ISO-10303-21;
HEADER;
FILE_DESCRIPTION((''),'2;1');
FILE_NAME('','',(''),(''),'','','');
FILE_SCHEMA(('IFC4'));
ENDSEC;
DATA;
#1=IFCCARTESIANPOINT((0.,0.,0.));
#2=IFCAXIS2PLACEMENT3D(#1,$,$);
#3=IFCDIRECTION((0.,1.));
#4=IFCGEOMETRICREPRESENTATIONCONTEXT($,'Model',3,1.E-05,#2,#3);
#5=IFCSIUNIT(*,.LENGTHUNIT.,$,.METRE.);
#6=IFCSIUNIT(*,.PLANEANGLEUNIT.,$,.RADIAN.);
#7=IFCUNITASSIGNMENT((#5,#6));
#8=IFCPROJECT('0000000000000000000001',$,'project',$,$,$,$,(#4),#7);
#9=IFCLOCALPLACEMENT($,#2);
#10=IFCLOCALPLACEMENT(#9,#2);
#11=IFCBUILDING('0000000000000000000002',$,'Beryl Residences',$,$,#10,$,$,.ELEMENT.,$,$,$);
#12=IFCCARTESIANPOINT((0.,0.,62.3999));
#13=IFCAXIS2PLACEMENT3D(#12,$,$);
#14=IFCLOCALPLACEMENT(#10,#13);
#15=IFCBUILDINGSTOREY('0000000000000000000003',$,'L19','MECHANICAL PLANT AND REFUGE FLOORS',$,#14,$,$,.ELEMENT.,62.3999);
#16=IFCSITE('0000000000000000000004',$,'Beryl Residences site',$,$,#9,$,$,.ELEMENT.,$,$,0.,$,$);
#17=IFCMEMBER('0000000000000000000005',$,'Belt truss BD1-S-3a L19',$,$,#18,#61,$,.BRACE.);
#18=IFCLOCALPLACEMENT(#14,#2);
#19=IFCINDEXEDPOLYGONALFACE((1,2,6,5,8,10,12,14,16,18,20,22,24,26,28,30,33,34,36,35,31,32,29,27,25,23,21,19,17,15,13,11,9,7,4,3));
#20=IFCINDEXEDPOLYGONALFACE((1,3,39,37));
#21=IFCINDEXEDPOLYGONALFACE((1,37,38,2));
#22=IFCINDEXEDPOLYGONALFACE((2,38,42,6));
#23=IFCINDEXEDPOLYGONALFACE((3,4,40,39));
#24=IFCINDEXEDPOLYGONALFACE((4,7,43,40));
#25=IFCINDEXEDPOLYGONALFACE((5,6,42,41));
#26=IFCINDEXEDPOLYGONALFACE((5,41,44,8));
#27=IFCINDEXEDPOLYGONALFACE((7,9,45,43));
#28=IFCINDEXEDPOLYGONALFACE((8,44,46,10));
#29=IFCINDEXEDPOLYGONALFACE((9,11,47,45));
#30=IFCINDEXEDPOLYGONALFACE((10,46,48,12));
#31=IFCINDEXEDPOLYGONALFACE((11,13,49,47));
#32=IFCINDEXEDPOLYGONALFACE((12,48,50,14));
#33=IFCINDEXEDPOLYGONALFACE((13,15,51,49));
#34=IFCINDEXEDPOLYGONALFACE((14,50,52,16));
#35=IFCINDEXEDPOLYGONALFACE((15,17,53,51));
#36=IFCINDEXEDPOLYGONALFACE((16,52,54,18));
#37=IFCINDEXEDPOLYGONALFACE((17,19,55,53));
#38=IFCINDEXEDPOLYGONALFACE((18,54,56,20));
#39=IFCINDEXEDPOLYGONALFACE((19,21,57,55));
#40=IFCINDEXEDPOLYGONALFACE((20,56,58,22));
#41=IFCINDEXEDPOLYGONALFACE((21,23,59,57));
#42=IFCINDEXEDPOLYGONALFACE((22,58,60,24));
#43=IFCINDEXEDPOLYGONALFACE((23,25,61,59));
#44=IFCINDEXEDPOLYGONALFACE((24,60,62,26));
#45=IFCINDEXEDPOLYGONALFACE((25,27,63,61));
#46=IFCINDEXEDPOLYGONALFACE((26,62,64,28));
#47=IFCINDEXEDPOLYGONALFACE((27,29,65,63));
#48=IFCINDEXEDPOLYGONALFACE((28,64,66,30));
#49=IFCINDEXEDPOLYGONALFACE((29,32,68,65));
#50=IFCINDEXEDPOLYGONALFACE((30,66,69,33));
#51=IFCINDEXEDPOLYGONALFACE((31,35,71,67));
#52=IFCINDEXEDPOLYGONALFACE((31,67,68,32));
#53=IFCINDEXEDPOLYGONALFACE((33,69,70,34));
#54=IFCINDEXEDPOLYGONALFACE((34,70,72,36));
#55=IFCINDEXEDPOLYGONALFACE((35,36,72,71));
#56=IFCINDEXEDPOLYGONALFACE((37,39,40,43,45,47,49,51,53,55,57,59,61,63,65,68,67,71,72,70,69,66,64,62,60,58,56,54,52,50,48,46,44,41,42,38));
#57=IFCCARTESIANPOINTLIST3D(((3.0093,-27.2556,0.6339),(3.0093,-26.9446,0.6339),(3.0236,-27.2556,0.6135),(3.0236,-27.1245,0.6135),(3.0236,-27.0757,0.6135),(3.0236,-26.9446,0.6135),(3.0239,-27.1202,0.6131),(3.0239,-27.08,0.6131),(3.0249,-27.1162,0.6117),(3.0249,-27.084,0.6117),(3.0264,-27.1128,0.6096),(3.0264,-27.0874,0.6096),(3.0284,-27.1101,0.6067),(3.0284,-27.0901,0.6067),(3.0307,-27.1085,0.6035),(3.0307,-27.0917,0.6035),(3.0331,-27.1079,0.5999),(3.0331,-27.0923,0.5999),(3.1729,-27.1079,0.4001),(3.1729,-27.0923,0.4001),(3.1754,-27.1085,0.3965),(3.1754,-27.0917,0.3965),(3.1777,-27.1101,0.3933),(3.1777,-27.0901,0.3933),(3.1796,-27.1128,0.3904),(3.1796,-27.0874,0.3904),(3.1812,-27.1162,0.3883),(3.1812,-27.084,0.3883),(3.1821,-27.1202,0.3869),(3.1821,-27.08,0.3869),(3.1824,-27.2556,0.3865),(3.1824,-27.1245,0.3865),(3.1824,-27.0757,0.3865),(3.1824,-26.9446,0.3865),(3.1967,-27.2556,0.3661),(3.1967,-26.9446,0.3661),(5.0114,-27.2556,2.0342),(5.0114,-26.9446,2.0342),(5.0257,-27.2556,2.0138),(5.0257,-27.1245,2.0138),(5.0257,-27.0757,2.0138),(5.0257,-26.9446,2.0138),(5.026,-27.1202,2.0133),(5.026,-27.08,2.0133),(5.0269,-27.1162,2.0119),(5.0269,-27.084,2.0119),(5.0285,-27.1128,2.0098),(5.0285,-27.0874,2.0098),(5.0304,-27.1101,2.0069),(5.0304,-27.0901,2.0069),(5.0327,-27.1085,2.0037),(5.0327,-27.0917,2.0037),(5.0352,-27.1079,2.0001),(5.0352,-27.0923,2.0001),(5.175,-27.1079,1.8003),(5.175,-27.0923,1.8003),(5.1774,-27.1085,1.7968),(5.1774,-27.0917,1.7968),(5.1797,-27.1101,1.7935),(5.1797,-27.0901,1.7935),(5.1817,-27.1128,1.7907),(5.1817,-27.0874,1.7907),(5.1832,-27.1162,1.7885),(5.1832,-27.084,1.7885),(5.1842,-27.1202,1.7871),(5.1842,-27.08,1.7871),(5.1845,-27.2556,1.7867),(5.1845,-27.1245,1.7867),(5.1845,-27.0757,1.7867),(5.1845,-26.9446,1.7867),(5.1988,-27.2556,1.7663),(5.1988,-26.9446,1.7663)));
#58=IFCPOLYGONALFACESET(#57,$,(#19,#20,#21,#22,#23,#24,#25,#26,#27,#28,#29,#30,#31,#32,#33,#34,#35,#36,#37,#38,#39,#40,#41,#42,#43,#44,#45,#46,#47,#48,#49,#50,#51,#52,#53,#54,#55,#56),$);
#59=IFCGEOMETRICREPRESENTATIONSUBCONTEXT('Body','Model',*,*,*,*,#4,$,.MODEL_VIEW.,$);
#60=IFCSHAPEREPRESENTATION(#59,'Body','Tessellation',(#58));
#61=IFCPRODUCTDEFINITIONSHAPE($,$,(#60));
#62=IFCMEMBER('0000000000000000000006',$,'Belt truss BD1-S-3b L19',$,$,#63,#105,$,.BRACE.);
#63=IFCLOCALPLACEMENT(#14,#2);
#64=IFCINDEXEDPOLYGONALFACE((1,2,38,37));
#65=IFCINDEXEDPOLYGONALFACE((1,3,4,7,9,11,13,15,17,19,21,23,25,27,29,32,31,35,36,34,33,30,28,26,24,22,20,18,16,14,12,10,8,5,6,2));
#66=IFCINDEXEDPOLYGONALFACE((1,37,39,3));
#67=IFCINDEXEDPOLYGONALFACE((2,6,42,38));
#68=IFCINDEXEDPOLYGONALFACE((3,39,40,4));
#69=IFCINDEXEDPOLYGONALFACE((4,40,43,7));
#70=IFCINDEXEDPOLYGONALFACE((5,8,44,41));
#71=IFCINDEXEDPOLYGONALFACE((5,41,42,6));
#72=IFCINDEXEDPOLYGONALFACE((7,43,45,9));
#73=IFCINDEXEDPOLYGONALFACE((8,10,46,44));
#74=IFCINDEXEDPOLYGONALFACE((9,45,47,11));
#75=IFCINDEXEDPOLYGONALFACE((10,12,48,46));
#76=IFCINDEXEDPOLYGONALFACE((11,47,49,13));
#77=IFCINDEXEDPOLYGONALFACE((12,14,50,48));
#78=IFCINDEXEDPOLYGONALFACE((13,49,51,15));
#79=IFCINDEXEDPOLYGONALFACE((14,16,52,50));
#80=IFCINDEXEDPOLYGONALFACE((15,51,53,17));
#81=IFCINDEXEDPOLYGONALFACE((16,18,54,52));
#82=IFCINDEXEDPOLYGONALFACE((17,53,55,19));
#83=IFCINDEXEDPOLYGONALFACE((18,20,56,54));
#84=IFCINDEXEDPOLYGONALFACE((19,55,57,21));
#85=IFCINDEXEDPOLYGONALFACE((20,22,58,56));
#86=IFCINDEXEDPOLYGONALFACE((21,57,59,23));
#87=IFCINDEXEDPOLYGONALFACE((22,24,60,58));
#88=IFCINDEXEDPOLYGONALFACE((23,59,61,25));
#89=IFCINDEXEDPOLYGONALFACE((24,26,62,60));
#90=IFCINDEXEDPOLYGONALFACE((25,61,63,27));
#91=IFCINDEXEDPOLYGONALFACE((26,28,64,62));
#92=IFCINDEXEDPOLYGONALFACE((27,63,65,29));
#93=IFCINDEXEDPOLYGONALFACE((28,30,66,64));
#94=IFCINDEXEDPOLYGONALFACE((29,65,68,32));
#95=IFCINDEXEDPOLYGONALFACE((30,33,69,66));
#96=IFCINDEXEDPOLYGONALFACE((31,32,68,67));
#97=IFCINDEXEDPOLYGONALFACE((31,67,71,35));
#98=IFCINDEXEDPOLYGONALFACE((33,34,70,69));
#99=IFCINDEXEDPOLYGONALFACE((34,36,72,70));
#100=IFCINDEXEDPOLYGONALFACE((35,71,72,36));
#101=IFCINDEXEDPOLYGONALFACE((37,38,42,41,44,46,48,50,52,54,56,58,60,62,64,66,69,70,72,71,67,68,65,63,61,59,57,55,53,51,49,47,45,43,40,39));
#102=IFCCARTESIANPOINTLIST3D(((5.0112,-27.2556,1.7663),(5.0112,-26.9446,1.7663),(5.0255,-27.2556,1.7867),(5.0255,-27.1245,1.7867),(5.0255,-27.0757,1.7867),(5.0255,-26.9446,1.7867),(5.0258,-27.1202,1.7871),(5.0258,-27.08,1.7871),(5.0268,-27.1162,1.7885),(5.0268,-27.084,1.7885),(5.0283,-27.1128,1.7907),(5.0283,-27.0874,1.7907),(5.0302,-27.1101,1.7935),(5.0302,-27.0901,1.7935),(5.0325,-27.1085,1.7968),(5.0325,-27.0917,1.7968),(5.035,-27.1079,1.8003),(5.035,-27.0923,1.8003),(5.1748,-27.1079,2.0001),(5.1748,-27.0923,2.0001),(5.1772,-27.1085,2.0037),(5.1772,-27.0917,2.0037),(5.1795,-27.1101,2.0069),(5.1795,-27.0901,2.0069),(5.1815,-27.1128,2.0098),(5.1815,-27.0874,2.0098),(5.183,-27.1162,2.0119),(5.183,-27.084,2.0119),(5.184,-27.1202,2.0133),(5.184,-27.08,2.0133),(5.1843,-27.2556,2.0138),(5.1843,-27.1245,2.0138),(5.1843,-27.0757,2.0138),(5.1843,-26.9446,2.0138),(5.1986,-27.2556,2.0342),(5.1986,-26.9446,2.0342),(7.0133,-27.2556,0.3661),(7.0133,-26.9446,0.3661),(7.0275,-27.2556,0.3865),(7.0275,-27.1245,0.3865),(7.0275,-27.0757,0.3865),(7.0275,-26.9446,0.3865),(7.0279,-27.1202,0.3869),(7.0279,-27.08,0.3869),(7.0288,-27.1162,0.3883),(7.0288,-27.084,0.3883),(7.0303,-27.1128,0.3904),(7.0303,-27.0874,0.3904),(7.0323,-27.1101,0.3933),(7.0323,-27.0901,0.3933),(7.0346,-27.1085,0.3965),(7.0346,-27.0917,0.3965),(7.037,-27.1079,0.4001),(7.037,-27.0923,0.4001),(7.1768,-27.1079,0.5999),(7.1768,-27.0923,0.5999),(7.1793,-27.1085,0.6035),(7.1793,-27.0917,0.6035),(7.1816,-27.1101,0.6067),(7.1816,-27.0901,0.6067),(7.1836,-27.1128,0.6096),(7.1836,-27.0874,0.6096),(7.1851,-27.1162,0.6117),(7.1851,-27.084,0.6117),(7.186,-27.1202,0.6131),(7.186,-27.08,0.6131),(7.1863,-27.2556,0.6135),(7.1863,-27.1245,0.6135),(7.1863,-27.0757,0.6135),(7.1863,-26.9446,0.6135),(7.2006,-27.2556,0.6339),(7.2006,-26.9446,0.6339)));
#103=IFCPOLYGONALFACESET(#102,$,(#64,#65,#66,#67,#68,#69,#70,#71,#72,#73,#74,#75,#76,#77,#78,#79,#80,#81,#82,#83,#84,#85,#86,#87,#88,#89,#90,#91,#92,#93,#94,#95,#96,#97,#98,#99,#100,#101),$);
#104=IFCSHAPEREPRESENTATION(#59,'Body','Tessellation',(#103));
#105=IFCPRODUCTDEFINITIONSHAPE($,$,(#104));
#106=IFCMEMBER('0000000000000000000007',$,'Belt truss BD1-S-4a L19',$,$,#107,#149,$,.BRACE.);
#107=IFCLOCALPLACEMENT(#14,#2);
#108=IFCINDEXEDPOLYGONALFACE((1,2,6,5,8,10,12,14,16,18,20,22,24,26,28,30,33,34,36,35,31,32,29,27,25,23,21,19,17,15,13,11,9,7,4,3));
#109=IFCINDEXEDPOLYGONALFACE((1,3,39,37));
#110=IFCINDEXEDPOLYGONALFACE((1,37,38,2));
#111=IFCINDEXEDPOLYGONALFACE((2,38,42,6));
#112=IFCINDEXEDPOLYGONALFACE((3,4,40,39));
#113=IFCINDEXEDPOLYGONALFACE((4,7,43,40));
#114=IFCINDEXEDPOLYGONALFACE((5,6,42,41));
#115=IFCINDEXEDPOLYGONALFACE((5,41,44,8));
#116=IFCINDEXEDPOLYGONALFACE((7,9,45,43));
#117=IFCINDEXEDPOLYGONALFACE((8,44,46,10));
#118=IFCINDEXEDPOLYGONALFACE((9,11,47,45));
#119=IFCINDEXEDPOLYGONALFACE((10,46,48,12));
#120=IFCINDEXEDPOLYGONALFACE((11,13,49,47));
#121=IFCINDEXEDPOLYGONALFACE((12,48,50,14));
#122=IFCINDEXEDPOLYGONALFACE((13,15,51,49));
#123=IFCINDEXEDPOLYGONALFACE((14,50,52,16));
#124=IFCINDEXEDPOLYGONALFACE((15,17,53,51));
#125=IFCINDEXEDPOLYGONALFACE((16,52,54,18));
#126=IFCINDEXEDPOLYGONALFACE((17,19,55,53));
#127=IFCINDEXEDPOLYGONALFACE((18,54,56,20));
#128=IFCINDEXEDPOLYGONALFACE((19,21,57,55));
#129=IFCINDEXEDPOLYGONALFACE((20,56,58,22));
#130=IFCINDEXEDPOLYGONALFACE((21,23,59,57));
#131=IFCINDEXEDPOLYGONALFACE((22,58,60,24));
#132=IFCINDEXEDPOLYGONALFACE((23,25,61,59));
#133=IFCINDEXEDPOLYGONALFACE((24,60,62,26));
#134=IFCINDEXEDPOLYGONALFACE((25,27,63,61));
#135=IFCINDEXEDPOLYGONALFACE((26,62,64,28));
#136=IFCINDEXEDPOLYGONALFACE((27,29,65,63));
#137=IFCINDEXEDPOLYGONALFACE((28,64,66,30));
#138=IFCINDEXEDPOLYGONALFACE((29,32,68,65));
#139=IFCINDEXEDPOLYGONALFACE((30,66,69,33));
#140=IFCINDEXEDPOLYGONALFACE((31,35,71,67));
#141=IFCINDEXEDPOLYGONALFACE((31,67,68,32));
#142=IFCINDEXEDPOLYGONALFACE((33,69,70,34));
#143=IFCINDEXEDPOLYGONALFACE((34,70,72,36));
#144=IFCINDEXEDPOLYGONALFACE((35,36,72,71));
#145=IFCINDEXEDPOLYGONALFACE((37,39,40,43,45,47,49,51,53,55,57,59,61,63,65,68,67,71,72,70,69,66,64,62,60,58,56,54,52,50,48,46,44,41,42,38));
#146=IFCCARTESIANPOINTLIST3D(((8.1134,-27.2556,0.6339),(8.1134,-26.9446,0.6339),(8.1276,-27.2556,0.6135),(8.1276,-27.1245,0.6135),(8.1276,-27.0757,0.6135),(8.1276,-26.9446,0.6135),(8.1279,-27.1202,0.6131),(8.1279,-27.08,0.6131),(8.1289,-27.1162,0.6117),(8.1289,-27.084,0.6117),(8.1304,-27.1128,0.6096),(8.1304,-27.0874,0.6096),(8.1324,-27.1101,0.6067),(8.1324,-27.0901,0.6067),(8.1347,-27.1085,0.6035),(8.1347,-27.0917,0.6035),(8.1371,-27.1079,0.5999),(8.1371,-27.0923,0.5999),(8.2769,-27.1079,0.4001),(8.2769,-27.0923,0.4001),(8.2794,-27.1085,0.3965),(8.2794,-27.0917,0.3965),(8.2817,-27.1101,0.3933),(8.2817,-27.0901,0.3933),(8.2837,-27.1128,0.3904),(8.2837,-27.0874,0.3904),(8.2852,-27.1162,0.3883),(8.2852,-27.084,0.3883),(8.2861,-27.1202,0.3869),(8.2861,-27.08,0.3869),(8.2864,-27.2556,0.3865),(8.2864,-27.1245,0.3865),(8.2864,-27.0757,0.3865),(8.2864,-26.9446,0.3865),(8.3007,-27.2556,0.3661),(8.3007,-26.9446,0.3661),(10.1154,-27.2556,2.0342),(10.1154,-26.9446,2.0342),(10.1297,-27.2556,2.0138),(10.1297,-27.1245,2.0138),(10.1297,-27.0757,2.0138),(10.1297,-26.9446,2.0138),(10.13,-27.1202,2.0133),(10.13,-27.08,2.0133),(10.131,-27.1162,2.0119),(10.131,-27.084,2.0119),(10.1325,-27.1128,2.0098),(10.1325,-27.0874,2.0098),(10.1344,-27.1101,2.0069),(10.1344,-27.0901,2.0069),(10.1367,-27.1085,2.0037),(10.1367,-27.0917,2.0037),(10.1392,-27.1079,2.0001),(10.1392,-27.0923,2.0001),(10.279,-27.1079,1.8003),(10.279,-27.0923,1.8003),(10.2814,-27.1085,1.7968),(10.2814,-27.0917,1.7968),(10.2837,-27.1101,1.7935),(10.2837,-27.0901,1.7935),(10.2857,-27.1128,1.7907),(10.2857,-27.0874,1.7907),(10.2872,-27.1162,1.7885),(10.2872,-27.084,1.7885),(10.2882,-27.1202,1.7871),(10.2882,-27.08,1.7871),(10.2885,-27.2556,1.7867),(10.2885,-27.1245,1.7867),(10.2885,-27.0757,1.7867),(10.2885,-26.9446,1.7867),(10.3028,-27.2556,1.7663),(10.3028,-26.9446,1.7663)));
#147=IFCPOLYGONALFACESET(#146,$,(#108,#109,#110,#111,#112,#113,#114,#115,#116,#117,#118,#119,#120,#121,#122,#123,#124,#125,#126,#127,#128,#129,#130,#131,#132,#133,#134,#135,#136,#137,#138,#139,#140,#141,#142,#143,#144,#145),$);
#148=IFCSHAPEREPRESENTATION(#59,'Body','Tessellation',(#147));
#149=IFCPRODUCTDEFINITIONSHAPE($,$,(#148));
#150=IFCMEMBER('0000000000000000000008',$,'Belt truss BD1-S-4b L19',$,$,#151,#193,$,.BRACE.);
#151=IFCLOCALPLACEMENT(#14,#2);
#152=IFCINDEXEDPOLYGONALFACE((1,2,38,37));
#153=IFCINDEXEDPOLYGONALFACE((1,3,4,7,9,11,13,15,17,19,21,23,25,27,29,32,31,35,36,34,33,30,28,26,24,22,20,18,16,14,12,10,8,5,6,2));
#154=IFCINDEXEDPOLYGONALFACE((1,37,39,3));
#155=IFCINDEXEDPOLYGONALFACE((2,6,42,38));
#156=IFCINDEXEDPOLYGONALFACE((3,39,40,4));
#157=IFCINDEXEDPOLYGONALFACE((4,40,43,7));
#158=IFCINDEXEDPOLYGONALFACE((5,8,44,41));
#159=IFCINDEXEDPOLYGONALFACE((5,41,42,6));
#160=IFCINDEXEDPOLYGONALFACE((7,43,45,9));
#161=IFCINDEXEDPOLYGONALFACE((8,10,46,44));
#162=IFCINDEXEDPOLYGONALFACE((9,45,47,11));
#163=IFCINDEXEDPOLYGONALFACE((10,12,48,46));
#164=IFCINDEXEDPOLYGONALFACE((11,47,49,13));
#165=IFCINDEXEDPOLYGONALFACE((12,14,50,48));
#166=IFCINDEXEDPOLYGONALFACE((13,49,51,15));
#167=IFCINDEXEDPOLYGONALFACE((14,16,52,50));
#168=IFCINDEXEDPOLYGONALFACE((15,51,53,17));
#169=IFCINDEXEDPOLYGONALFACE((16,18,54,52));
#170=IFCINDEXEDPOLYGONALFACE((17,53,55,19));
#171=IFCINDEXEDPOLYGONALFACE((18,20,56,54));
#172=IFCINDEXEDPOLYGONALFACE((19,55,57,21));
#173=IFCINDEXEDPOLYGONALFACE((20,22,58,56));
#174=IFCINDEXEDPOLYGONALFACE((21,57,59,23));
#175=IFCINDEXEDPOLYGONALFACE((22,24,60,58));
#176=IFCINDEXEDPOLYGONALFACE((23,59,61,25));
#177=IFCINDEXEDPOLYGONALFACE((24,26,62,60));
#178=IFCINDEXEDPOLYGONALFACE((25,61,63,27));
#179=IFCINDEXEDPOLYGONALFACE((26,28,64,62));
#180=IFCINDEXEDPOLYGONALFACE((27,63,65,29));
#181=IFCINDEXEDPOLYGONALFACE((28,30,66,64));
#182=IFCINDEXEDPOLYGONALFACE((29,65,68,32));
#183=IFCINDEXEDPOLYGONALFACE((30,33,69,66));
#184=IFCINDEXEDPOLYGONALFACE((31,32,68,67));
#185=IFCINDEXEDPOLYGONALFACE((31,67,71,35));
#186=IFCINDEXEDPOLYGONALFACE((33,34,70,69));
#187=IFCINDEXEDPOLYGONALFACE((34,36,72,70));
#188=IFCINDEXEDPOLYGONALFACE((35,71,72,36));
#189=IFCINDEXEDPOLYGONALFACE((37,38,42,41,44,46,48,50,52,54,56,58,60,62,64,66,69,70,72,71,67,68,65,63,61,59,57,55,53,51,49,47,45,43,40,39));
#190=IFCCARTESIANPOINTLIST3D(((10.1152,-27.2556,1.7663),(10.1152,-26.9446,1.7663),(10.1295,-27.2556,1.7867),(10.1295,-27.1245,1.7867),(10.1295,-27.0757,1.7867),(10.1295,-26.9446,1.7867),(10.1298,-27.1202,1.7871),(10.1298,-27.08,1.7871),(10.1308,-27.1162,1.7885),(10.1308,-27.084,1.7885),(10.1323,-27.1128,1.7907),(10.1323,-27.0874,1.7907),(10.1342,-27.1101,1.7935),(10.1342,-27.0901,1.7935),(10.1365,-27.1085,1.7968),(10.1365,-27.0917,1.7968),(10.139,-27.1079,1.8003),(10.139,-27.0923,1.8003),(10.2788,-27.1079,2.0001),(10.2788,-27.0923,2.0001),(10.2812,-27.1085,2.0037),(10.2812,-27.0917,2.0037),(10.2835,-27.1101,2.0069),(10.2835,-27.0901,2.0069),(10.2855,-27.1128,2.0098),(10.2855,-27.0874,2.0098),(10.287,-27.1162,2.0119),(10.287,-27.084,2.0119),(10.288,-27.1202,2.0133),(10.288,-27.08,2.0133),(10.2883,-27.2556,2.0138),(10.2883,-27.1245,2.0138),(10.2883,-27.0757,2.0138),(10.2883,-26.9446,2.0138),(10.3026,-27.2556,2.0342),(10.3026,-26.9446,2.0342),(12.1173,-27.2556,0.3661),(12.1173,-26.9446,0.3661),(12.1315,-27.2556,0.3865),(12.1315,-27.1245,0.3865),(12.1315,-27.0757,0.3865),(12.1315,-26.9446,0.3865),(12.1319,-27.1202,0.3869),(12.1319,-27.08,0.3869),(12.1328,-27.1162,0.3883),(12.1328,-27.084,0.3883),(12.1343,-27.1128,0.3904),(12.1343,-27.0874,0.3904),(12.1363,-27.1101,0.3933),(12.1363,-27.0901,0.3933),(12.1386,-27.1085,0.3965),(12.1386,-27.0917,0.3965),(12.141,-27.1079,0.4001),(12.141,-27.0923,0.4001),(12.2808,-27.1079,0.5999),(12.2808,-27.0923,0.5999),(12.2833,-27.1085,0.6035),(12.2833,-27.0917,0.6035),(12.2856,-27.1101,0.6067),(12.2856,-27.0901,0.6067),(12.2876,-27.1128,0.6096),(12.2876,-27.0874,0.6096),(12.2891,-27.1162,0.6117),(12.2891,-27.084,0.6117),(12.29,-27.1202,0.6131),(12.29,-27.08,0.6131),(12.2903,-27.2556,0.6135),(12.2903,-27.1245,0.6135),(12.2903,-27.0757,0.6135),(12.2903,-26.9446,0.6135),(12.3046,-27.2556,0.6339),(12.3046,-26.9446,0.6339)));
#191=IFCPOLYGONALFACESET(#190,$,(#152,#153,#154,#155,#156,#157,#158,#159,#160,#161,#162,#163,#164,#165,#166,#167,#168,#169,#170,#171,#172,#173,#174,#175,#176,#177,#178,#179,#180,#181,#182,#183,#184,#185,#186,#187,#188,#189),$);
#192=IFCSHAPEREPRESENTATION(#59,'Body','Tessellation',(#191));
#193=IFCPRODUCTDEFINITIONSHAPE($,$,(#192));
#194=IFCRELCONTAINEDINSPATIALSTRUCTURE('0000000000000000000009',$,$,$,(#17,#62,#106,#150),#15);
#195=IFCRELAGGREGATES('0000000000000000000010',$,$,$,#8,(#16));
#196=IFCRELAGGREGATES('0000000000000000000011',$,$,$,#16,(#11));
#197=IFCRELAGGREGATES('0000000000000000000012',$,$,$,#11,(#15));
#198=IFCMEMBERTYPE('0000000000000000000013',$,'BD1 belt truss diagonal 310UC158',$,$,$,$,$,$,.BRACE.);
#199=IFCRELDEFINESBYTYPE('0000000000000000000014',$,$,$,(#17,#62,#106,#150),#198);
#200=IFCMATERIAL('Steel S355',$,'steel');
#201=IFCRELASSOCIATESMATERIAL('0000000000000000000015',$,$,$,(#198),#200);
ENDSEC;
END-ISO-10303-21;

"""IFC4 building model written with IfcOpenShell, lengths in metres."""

from ifc_helpers import new_model, si_unit, direction, frame, origin, origin_2d, place, context, subcontext, project, spatial, i_section, extrude, material, material_profile, profile_set, type_object, element, save


model = new_model("IFC4")

# Units and contexts
model_context = context("Model", 3, precision=1e-05, world=origin(), true_north=direction((0.0, 1.0)))
body_context = subcontext(model_context, "Body", "Model", "MODEL_VIEW")
ifc_project = project(units=[si_unit("LENGTHUNIT", "METRE"), si_unit("PLANEANGLEUNIT", "RADIAN")], contexts=[model_context])

# Site, building, storey
site_placement = place(None, origin())
site = spatial("IfcSite", under=ifc_project, at=site_placement, Name="Beryl Residences site", CompositionType="ELEMENT", RefElevation=0.0)
building_placement = place(site_placement, origin())
building = spatial("IfcBuilding", under=site, at=building_placement, Name="Beryl Residences", CompositionType="ELEMENT")
storey_placement = place(building_placement, frame((0.0, 0.0, 62.3999)))
storey = spatial("IfcBuildingStorey", under=building, at=storey_placement, Name="L19", Description="MECHANICAL PLANT AND REFUGE FLOORS", CompositionType="ELEMENT", Elevation=62.3999)

# Members
ifc_material_1 = material(Name="Steel S355", Category="steel")
ifc_material_profile_1 = material_profile(ifc_material_1, i_section(OverallWidth=0.311, OverallDepth=0.3269, WebThickness=0.0156, FlangeThickness=0.0249, FilletRadius=0.0166, at=origin_2d()))
ifc_profile_set_1 = profile_set([ifc_material_profile_1], Name="Steel S355")
member_type_1 = type_object("IfcMemberType", Name="BD1 belt truss diagonal 310UC158", PredefinedType="BRACE", material=ifc_profile_set_1)
for number, where, z_axis, x_axis, name in (
    (1, (3.103, -27.1001, 0.5), (0.819467, 0.0, 0.573127), (0.0, 1.0, 0.0), "Belt truss BD1-S-3a L19"),
    (2, (7.1069, -27.1001, 0.5), (-0.819467, 0.0, 0.573127), (0.0, -1.0, 0.0), "Belt truss BD1-S-3b L19"),
    (3, (8.207, -27.1001, 0.5), (0.819467, 0.0, 0.573127), (0.0, 1.0, 0.0), "Belt truss BD1-S-4a L19"),
    (4, (12.2109, -27.1001, 0.5), (-0.819467, 0.0, 0.573127), (0.0, -1.0, 0.0), "Belt truss BD1-S-4b L19"),
):
    element("IfcMember", number, at=place(storey_placement, frame(where, z_axis=z_axis, x_axis=x_axis)), inside=storey, type_object=member_type_1, Name=name, PredefinedType="BRACE", context=body_context, shape_type="SweptSolid", body=[
        extrude(i_section(OverallWidth=0.311, OverallDepth=0.3269, WebThickness=0.0156, FlangeThickness=0.0249, FilletRadius=0.0166, at=origin_2d()), origin(), (0.0, 0.0, 1.0), 2.4431),
    ])

save(model, "model.ifc")
